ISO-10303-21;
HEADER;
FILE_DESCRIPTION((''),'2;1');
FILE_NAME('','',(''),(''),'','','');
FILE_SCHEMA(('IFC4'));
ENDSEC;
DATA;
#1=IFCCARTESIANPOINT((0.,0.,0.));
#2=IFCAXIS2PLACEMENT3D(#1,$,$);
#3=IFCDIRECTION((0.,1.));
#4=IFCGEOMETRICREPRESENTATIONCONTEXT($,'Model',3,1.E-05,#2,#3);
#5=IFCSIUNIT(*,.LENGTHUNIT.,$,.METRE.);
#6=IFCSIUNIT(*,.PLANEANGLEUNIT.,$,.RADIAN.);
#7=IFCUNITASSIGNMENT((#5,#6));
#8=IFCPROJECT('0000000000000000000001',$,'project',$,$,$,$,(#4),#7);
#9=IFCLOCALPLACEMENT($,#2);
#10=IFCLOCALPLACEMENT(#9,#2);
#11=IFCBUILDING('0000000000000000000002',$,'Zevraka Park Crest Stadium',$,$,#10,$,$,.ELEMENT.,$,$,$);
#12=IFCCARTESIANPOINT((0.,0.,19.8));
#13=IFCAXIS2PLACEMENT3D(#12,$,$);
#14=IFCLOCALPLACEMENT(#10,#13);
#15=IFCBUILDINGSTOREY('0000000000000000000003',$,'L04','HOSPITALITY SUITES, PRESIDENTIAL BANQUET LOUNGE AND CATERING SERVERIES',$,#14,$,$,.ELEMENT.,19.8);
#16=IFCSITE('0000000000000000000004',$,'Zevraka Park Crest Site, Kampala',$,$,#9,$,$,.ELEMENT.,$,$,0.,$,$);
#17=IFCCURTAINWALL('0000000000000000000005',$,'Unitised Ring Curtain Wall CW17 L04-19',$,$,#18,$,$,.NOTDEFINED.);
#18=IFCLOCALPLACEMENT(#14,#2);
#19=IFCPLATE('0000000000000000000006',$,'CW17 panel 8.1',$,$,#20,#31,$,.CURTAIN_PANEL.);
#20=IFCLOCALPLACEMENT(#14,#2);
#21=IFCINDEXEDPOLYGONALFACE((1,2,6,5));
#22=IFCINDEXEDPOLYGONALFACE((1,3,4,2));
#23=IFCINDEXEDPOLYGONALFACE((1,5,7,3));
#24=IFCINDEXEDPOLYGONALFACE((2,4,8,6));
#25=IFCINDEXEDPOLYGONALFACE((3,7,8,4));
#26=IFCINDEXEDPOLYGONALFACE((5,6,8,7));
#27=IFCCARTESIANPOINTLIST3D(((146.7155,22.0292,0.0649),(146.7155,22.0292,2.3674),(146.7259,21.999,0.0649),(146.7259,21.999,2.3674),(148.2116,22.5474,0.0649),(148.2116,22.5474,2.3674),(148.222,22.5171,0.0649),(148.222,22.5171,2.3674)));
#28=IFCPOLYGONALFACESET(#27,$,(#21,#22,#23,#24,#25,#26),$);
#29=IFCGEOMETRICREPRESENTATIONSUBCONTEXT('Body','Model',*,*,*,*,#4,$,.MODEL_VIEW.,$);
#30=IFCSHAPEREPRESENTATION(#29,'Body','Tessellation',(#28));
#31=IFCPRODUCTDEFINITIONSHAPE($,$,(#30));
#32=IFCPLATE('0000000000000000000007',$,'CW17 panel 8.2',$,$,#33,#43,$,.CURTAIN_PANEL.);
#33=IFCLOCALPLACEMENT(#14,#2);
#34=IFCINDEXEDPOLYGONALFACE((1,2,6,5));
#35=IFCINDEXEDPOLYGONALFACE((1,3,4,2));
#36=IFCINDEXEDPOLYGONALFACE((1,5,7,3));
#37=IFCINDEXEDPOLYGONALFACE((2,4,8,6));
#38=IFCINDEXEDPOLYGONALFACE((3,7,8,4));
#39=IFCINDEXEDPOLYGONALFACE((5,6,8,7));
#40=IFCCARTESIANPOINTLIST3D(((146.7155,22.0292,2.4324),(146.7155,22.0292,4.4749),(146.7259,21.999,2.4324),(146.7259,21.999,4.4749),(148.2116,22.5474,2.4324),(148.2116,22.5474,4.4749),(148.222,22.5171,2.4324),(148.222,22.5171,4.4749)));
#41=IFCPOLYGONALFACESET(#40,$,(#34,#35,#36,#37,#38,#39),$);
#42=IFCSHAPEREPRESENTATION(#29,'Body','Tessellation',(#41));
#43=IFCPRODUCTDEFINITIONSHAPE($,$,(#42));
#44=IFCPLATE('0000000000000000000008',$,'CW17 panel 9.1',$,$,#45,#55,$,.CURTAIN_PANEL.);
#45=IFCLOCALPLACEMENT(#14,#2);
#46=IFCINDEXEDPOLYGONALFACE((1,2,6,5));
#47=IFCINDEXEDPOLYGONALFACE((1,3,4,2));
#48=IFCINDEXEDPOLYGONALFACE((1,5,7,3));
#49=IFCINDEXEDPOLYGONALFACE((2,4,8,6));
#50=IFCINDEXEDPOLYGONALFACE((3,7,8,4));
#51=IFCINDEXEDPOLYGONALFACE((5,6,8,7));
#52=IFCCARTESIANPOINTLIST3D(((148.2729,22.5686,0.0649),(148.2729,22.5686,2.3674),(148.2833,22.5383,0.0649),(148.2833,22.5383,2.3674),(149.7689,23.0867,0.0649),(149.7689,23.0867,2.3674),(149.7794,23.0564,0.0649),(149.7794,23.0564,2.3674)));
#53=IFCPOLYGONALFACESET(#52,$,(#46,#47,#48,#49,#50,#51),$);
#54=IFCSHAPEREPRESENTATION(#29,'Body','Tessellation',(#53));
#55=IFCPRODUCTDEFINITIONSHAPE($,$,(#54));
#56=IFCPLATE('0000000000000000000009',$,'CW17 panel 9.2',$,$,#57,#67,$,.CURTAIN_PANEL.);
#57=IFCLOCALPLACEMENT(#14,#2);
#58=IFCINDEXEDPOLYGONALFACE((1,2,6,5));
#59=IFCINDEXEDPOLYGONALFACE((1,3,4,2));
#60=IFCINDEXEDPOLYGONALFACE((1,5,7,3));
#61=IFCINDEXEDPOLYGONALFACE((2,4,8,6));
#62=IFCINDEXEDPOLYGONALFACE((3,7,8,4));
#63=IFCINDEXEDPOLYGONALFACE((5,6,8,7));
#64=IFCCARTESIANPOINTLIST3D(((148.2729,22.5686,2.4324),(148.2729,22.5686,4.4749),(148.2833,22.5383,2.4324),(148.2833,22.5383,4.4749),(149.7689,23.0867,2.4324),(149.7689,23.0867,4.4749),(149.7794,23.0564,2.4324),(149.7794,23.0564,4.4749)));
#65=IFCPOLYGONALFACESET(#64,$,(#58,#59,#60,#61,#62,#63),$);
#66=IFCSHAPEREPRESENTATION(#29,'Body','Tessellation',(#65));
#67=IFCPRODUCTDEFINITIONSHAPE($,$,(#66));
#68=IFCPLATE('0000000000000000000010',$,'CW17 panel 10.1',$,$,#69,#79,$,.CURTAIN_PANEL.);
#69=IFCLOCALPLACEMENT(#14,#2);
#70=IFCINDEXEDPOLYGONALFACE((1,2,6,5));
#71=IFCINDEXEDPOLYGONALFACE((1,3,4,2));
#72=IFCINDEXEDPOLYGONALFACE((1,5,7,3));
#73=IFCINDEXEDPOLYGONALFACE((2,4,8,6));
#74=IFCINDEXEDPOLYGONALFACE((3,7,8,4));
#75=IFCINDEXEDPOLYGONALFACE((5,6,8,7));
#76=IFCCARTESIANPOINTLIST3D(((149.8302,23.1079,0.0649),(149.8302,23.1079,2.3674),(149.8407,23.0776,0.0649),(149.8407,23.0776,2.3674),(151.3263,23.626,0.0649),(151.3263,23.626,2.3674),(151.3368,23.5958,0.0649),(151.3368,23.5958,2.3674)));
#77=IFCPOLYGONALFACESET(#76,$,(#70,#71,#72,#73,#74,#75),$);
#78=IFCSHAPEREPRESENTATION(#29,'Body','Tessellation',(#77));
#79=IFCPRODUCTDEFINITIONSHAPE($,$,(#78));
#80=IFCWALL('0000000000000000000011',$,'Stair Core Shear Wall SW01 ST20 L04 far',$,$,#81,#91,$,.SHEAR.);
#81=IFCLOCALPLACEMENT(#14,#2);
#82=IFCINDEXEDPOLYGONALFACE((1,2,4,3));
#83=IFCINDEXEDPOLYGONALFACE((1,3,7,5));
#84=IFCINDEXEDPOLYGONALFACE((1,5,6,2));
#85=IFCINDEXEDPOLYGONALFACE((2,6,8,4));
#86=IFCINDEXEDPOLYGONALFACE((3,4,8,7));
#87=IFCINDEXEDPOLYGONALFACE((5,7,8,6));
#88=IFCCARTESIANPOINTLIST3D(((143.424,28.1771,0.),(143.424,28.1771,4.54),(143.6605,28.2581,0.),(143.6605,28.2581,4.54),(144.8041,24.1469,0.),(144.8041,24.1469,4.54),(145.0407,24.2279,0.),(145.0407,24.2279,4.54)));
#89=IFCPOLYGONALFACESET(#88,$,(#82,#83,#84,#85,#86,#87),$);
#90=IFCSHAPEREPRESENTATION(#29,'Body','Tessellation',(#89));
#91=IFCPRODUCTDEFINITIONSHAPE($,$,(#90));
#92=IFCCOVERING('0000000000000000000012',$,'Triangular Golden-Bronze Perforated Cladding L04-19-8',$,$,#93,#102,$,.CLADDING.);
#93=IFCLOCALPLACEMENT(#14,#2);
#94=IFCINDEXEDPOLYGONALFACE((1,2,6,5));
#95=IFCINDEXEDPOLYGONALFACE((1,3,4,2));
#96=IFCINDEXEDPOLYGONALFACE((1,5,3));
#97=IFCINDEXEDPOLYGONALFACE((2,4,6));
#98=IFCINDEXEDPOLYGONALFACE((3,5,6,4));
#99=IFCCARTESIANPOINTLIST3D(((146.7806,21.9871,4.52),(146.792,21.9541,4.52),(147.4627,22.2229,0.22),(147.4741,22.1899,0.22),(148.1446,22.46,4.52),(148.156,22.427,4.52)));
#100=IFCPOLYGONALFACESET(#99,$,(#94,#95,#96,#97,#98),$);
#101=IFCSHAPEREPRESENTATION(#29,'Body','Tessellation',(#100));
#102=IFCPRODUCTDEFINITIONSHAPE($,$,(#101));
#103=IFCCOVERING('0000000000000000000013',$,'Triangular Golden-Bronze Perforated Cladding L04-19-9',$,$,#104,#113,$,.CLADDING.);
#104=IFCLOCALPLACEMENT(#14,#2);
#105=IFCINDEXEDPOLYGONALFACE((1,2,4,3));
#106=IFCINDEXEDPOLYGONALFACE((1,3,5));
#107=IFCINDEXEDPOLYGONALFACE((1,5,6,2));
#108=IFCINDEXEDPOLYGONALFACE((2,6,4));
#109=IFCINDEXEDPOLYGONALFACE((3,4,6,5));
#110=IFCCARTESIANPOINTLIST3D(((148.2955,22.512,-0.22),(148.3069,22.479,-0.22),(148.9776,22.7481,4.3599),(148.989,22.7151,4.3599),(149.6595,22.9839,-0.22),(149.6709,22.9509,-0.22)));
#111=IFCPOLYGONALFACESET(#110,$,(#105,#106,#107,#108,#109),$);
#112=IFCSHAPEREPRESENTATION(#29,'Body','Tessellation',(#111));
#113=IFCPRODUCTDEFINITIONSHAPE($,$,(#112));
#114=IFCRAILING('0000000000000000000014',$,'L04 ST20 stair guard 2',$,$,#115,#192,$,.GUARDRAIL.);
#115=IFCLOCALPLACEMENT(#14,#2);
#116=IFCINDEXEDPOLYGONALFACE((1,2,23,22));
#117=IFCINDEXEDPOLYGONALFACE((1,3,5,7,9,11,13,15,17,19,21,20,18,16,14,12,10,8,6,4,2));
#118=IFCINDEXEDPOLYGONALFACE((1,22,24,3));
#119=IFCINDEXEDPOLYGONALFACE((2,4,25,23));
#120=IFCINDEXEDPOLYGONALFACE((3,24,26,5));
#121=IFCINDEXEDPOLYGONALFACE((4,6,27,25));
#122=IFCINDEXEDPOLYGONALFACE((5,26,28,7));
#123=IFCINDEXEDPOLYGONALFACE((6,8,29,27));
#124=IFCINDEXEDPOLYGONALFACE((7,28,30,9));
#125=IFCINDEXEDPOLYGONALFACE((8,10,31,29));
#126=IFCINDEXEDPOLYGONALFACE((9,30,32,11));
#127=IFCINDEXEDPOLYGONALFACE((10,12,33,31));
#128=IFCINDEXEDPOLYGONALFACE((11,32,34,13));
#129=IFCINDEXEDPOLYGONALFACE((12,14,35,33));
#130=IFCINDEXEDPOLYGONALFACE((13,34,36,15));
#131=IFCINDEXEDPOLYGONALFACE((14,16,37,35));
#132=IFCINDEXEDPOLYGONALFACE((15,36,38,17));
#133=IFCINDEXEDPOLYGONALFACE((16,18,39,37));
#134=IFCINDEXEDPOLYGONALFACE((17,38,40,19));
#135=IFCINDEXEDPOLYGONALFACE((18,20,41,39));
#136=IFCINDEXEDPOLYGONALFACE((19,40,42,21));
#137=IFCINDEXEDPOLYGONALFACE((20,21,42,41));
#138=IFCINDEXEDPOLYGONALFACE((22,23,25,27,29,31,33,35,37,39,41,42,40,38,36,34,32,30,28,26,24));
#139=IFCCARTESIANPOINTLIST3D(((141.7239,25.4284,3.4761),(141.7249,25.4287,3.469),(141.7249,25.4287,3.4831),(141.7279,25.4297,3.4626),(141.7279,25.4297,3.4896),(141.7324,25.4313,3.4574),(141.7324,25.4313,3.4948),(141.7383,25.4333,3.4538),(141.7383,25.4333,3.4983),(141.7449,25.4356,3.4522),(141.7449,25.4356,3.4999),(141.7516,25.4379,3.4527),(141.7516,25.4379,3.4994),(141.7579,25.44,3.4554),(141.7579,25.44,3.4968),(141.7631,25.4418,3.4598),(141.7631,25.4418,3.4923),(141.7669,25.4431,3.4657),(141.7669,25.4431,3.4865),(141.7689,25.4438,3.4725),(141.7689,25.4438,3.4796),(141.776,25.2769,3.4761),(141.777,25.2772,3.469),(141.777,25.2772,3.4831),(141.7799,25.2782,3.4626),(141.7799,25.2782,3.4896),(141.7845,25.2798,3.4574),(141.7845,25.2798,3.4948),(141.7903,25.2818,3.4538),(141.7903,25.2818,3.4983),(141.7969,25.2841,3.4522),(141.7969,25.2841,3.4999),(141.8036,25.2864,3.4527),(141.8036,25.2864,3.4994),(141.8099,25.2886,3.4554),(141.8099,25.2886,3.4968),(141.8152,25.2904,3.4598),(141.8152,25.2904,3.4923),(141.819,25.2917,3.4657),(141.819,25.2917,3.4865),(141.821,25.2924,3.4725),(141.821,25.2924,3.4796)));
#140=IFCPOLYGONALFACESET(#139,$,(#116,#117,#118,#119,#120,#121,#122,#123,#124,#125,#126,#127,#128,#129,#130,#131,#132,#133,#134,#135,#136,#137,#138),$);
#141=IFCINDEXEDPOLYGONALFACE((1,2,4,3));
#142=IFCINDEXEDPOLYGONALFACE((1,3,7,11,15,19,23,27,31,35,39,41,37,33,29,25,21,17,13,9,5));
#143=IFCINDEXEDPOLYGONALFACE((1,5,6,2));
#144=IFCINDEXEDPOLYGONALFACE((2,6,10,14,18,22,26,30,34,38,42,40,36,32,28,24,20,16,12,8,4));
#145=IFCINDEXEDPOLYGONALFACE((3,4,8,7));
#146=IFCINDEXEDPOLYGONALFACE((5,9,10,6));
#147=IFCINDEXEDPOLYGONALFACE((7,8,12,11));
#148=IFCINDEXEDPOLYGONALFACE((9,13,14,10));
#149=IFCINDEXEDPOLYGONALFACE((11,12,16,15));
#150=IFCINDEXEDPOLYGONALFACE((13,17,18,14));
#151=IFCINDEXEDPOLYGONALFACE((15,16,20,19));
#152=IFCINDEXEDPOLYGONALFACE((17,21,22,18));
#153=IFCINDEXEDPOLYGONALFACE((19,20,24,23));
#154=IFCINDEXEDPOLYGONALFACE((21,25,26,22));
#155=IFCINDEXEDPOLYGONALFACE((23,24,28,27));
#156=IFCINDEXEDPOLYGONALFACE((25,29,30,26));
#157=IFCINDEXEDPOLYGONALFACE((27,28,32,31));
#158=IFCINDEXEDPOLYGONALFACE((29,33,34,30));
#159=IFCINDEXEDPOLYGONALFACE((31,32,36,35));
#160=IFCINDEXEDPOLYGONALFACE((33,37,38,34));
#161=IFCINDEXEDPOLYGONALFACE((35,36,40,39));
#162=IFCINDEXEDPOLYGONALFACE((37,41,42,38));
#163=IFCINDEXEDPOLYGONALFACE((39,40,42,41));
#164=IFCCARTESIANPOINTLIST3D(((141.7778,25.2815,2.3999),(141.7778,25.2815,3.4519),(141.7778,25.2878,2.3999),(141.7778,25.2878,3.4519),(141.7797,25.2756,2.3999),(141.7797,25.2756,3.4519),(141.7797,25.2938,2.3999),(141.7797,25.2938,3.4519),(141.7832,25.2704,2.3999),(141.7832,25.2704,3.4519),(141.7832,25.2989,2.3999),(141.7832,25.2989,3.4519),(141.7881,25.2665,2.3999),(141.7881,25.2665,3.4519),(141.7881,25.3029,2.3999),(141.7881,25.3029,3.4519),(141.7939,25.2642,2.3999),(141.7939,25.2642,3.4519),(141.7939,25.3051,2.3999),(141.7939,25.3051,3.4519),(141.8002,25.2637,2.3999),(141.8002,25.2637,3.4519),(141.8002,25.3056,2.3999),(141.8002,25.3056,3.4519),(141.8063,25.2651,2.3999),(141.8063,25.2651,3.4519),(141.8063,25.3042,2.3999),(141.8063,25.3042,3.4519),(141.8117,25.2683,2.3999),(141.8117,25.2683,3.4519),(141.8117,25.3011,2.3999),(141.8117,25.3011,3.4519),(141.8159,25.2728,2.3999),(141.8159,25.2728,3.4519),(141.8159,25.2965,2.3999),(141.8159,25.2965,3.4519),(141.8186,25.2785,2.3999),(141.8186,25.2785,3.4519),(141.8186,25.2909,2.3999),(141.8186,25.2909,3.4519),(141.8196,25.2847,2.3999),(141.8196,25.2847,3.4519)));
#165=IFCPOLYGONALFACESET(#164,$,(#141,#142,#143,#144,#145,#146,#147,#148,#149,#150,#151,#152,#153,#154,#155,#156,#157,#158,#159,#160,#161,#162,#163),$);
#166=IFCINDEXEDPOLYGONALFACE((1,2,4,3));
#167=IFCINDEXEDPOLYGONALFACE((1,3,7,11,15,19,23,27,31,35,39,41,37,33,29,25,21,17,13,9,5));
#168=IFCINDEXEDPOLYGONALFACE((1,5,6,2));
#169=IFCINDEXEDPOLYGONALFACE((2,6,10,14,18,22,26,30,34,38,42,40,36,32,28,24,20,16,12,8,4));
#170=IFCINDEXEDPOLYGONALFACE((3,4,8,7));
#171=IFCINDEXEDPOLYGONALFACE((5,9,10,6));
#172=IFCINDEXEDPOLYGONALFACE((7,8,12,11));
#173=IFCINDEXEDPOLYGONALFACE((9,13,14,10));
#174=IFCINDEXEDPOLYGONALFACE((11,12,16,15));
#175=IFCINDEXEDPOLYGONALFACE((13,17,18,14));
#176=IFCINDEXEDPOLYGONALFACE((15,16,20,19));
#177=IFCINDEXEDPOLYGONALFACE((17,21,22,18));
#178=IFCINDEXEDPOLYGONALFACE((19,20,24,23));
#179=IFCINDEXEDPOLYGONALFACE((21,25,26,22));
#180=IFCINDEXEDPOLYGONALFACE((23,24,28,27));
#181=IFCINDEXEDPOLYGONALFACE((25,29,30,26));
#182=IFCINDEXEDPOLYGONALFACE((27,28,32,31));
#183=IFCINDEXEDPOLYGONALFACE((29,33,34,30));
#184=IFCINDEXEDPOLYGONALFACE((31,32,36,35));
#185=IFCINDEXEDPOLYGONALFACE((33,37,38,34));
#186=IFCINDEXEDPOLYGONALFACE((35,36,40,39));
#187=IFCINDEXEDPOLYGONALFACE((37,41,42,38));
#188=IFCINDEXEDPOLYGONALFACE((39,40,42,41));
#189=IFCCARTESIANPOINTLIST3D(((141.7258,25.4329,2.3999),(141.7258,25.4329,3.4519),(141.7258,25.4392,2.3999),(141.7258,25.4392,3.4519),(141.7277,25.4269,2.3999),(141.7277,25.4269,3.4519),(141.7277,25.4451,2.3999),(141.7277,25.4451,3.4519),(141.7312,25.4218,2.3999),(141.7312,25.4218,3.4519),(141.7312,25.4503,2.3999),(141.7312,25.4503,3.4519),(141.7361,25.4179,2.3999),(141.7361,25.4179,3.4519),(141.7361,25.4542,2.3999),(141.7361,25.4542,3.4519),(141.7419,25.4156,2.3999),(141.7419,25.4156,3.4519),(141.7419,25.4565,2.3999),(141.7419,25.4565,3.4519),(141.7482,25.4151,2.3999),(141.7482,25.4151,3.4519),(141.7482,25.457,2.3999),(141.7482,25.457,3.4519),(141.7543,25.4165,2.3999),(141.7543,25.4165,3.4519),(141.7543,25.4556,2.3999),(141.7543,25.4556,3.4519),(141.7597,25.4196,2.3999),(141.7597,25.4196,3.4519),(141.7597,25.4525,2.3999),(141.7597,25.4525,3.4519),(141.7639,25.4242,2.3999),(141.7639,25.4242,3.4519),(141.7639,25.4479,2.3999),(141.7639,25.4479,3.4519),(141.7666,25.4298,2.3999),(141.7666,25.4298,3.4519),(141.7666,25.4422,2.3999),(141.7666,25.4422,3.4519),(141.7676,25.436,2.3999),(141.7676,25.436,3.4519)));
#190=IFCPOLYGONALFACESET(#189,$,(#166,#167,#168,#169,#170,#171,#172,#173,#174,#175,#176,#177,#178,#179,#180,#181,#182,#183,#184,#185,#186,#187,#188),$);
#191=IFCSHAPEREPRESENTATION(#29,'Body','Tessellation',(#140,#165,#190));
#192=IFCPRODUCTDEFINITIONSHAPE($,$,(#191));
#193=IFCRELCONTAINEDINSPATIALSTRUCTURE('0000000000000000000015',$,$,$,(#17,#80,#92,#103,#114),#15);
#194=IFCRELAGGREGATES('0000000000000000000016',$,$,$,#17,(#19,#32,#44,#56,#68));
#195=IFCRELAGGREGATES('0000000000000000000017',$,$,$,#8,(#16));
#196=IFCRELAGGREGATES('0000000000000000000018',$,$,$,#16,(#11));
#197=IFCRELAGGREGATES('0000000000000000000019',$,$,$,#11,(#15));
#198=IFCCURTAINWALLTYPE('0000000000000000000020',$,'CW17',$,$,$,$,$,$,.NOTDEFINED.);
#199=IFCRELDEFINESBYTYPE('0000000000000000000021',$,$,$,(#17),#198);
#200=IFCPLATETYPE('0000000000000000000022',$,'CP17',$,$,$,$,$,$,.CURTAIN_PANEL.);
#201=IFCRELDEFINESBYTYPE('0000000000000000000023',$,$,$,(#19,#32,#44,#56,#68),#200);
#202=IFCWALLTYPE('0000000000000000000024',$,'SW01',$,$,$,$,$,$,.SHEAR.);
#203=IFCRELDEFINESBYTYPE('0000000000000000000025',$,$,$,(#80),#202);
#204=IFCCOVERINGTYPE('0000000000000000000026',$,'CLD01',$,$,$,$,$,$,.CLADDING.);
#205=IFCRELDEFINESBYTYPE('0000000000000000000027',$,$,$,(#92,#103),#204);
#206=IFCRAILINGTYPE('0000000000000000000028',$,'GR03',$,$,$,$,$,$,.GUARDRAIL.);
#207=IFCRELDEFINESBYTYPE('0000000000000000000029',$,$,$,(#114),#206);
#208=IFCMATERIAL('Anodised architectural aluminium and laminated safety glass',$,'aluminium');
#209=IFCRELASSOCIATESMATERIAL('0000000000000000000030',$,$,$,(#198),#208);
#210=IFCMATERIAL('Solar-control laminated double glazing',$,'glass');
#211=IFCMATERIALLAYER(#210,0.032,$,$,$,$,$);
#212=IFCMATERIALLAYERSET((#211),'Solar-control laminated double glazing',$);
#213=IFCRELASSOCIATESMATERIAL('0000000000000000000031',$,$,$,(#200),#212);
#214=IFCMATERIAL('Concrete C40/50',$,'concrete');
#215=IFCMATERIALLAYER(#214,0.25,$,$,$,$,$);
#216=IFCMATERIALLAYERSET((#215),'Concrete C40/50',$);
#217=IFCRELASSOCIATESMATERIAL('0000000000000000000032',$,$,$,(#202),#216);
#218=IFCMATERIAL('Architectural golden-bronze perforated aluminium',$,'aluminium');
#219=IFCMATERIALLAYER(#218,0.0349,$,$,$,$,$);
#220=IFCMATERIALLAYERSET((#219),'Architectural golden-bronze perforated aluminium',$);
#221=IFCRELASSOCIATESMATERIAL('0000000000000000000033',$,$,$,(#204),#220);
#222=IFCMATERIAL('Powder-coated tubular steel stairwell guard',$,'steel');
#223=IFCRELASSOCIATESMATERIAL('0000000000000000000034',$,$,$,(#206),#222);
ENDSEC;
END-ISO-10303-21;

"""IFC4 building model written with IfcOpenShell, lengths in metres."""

from ifc_helpers import new_model, si_unit, direction, frame, frame_2d, origin, origin_2d, place, context, subcontext, project, spatial, polyline, rectangle, circle, outline, extrude, material, layer, layer_set, type_object, element, aggregate, save


model = new_model("IFC4")

# Units and contexts
model_context = context("Model", 3, precision=1e-05, world=origin(), true_north=direction((0.0, 1.0)))
body_context = subcontext(model_context, "Body", "Model", "MODEL_VIEW")
ifc_project = project(units=[si_unit("LENGTHUNIT", "METRE"), si_unit("PLANEANGLEUNIT", "RADIAN")], contexts=[model_context])

# Site, building, storey
site_placement = place(None, origin())
site = spatial("IfcSite", under=ifc_project, at=site_placement, Name="Zevraka Park Crest Site, Kampala", CompositionType="ELEMENT", RefElevation=0.0)
building_placement = place(site_placement, origin())
building = spatial("IfcBuilding", under=site, at=building_placement, Name="Zevraka Park Crest Stadium", CompositionType="ELEMENT")
storey_placement = place(building_placement, frame((0.0, 0.0, 19.8)))
storey = spatial("IfcBuildingStorey", under=building, at=storey_placement, Name="L04", Description="HOSPITALITY SUITES, PRESIDENTIAL BANQUET LOUNGE AND CATERING SERVERIES", CompositionType="ELEMENT", Elevation=19.8)

# Curtain wall, plates
ifc_material_1 = material(Name="Anodised architectural aluminium and laminated safety glass", Category="aluminium")
curtain_wall_type = type_object("IfcCurtainWallType", Name="CW17", PredefinedType="NOTDEFINED", material=ifc_material_1)
curtain_wall_placement = place(storey_placement, origin())
curtain_wall = element("IfcCurtainWall", 1, at=curtain_wall_placement, inside=storey, type_object=curtain_wall_type, Name="Unitised Ring Curtain Wall CW17 L04-19", PredefinedType="NOTDEFINED")
ifc_material_2 = material(Name="Solar-control laminated double glazing", Category="glass")
ifc_layer_1 = layer(ifc_material_2, 0.032)
ifc_layer_set_1 = layer_set([ifc_layer_1], Name="Solar-control laminated double glazing")
plate_type = type_object("IfcPlateType", Name="CP17", PredefinedType="CURTAIN_PANEL", material=ifc_layer_set_1)
plate_1_placement = place(storey_placement, frame((147.4688, 22.2732, 0.0649), z_axis=(0.0, 0.0, 1.0), x_axis=(0.94494, 0.327245, 0.0)))
plate_1 = element("IfcPlate", 2, at=plate_1_placement, type_object=plate_type, Name="CW17 panel 8.1", PredefinedType="CURTAIN_PANEL", context=body_context, shape_type="SweptSolid", body=[
    extrude(rectangle(XDim=1.5833, YDim=0.032, at=origin_2d()), origin(), (0.0, 0.0, 1.0), 2.3025),
])
plate_2_placement = place(storey_placement, frame((147.4688, 22.2732, 2.4324), z_axis=(0.0, 0.0, 1.0), x_axis=(0.94494, 0.327245, 0.0)))
plate_2 = element("IfcPlate", 3, at=plate_2_placement, type_object=plate_type, Name="CW17 panel 8.2", PredefinedType="CURTAIN_PANEL", context=body_context, shape_type="SweptSolid", body=[
    extrude(rectangle(XDim=1.5833, YDim=0.032, at=origin_2d()), origin(), (0.0, 0.0, 1.0), 2.0425),
])
plate_3_placement = place(storey_placement, frame((149.0261, 22.8125, 0.0649), z_axis=(0.0, 0.0, 1.0), x_axis=(0.94494, 0.327245, 0.0)))
plate_3 = element("IfcPlate", 4, at=plate_3_placement, type_object=plate_type, Name="CW17 panel 9.1", PredefinedType="CURTAIN_PANEL", context=body_context, shape_type="SweptSolid", body=[
    extrude(rectangle(XDim=1.5833, YDim=0.032, at=origin_2d()), origin(), (0.0, 0.0, 1.0), 2.3025),
])
plate_4_placement = place(storey_placement, frame((149.0261, 22.8125, 2.4324), z_axis=(0.0, 0.0, 1.0), x_axis=(0.94494, 0.327245, 0.0)))
plate_4 = element("IfcPlate", 5, at=plate_4_placement, type_object=plate_type, Name="CW17 panel 9.2", PredefinedType="CURTAIN_PANEL", context=body_context, shape_type="SweptSolid", body=[
    extrude(rectangle(XDim=1.5833, YDim=0.032, at=origin_2d()), origin(), (0.0, 0.0, 1.0), 2.0425),
])
plate_5_placement = place(storey_placement, frame((150.5835, 23.3518, 0.0649), z_axis=(0.0, 0.0, 1.0), x_axis=(0.94494, 0.327245, 0.0)))
plate_5 = element("IfcPlate", 6, at=plate_5_placement, type_object=plate_type, Name="CW17 panel 10.1", PredefinedType="CURTAIN_PANEL", context=body_context, shape_type="SweptSolid", body=[
    extrude(rectangle(XDim=1.5833, YDim=0.032, at=origin_2d()), origin(), (0.0, 0.0, 1.0), 2.3025),
])
aggregate(curtain_wall, [plate_1, plate_2, plate_3, plate_4, plate_5])

# Wall
ifc_material_3 = material(Name="Concrete C40/50", Category="concrete")
ifc_layer_2 = layer(ifc_material_3, 0.25)
ifc_layer_set_2 = layer_set([ifc_layer_2], Name="Concrete C40/50")
wall_type = type_object("IfcWallType", Name="SW01", PredefinedType="SHEAR", material=ifc_layer_set_2)
wall_placement = place(storey_placement, frame((144.9224, 24.1875, 0.0), z_axis=(0.0, 0.0, 1.0), x_axis=(-0.323971, 0.946067, 0.0)))
element("IfcWall", 7, at=wall_placement, inside=storey, type_object=wall_type, Name="Stair Core Shear Wall SW01 ST20 L04 far", PredefinedType="SHEAR", context=body_context, shape_type="SweptSolid", body=[
    extrude(rectangle(XDim=4.26, YDim=0.25, at=frame_2d((2.1299, 0.0))), origin(), (0.0, 0.0, 1.0), 4.54),
])

# Coverings
ifc_material_4 = material(Name="Architectural golden-bronze perforated aluminium", Category="aluminium")
ifc_layer_3 = layer(ifc_material_4, 0.0349)
ifc_layer_set_3 = layer_set([ifc_layer_3], Name="Architectural golden-bronze perforated aluminium")
covering_type = type_object("IfcCoveringType", Name="CLD01", PredefinedType="CLADDING", material=ifc_layer_set_3)
covering_1_placement = place(storey_placement, frame((148.156, 22.427, 4.52), z_axis=(0.327569, -0.944827, 0.000143), x_axis=(-0.944827, -0.327569, 0.0)))
element("IfcCovering", 8, at=covering_1_placement, inside=storey, type_object=covering_type, Name="Triangular Golden-Bronze Perforated Cladding L04-19-8", PredefinedType="CLADDING", context=body_context, shape_type="SweptSolid", body=[
    extrude(outline(polyline([(0.0, 0.0), (1.4437, 0.0), (0.7219, 4.3), (0.0, 0.0)])), origin(), (0.0, 0.0, -1.0), 0.0349),
])
covering_2_placement = place(storey_placement, frame((148.3069, 22.479, -0.22), z_axis=(0.326965, -0.945036, 0.000016), x_axis=(0.945036, 0.326965, 0.0)))
element("IfcCovering", 9, at=covering_2_placement, inside=storey, type_object=covering_type, Name="Triangular Golden-Bronze Perforated Cladding L04-19-9", PredefinedType="CLADDING", context=body_context, shape_type="SweptSolid", body=[
    extrude(outline(polyline([(0.0, 0.0), (1.4433, 0.0), (0.7218, 4.5798), (0.0, 0.0)])), origin(), (0.0, 0.0, -1.0), 0.0349),
])

# Railing
ifc_material_5 = material(Name="Powder-coated tubular steel stairwell guard", Category="steel")
railing_type = type_object("IfcRailingType", Name="GR03", PredefinedType="GUARDRAIL", material=ifc_material_5)
railing_placement = place(storey_placement, frame((141.7986, 25.2847, 2.3999)))
element("IfcRailing", 10, at=railing_placement, inside=storey, type_object=railing_type, Name="L04 ST20 stair guard 2", PredefinedType="GUARDRAIL", context=body_context, shape_type="SweptSolid", body=[
    extrude(circle(Radius=0.0239, at=origin_2d()), frame((0.0, 0.0, 1.0762), z_axis=(-0.324909, 0.945745, 0.0), x_axis=(-0.945745, -0.324909, 0.0)), (0.0, 0.0, 1.0), 0.1602),
    extrude(circle(Radius=0.021, at=origin_2d()), origin(), (0.0, 0.0, 1.0), 1.052),
    extrude(circle(Radius=0.021, at=origin_2d()), frame((-0.052, 0.1514, 0.0)), (0.0, 0.0, 1.0), 1.052),
])

save(model, "model.ifc")
